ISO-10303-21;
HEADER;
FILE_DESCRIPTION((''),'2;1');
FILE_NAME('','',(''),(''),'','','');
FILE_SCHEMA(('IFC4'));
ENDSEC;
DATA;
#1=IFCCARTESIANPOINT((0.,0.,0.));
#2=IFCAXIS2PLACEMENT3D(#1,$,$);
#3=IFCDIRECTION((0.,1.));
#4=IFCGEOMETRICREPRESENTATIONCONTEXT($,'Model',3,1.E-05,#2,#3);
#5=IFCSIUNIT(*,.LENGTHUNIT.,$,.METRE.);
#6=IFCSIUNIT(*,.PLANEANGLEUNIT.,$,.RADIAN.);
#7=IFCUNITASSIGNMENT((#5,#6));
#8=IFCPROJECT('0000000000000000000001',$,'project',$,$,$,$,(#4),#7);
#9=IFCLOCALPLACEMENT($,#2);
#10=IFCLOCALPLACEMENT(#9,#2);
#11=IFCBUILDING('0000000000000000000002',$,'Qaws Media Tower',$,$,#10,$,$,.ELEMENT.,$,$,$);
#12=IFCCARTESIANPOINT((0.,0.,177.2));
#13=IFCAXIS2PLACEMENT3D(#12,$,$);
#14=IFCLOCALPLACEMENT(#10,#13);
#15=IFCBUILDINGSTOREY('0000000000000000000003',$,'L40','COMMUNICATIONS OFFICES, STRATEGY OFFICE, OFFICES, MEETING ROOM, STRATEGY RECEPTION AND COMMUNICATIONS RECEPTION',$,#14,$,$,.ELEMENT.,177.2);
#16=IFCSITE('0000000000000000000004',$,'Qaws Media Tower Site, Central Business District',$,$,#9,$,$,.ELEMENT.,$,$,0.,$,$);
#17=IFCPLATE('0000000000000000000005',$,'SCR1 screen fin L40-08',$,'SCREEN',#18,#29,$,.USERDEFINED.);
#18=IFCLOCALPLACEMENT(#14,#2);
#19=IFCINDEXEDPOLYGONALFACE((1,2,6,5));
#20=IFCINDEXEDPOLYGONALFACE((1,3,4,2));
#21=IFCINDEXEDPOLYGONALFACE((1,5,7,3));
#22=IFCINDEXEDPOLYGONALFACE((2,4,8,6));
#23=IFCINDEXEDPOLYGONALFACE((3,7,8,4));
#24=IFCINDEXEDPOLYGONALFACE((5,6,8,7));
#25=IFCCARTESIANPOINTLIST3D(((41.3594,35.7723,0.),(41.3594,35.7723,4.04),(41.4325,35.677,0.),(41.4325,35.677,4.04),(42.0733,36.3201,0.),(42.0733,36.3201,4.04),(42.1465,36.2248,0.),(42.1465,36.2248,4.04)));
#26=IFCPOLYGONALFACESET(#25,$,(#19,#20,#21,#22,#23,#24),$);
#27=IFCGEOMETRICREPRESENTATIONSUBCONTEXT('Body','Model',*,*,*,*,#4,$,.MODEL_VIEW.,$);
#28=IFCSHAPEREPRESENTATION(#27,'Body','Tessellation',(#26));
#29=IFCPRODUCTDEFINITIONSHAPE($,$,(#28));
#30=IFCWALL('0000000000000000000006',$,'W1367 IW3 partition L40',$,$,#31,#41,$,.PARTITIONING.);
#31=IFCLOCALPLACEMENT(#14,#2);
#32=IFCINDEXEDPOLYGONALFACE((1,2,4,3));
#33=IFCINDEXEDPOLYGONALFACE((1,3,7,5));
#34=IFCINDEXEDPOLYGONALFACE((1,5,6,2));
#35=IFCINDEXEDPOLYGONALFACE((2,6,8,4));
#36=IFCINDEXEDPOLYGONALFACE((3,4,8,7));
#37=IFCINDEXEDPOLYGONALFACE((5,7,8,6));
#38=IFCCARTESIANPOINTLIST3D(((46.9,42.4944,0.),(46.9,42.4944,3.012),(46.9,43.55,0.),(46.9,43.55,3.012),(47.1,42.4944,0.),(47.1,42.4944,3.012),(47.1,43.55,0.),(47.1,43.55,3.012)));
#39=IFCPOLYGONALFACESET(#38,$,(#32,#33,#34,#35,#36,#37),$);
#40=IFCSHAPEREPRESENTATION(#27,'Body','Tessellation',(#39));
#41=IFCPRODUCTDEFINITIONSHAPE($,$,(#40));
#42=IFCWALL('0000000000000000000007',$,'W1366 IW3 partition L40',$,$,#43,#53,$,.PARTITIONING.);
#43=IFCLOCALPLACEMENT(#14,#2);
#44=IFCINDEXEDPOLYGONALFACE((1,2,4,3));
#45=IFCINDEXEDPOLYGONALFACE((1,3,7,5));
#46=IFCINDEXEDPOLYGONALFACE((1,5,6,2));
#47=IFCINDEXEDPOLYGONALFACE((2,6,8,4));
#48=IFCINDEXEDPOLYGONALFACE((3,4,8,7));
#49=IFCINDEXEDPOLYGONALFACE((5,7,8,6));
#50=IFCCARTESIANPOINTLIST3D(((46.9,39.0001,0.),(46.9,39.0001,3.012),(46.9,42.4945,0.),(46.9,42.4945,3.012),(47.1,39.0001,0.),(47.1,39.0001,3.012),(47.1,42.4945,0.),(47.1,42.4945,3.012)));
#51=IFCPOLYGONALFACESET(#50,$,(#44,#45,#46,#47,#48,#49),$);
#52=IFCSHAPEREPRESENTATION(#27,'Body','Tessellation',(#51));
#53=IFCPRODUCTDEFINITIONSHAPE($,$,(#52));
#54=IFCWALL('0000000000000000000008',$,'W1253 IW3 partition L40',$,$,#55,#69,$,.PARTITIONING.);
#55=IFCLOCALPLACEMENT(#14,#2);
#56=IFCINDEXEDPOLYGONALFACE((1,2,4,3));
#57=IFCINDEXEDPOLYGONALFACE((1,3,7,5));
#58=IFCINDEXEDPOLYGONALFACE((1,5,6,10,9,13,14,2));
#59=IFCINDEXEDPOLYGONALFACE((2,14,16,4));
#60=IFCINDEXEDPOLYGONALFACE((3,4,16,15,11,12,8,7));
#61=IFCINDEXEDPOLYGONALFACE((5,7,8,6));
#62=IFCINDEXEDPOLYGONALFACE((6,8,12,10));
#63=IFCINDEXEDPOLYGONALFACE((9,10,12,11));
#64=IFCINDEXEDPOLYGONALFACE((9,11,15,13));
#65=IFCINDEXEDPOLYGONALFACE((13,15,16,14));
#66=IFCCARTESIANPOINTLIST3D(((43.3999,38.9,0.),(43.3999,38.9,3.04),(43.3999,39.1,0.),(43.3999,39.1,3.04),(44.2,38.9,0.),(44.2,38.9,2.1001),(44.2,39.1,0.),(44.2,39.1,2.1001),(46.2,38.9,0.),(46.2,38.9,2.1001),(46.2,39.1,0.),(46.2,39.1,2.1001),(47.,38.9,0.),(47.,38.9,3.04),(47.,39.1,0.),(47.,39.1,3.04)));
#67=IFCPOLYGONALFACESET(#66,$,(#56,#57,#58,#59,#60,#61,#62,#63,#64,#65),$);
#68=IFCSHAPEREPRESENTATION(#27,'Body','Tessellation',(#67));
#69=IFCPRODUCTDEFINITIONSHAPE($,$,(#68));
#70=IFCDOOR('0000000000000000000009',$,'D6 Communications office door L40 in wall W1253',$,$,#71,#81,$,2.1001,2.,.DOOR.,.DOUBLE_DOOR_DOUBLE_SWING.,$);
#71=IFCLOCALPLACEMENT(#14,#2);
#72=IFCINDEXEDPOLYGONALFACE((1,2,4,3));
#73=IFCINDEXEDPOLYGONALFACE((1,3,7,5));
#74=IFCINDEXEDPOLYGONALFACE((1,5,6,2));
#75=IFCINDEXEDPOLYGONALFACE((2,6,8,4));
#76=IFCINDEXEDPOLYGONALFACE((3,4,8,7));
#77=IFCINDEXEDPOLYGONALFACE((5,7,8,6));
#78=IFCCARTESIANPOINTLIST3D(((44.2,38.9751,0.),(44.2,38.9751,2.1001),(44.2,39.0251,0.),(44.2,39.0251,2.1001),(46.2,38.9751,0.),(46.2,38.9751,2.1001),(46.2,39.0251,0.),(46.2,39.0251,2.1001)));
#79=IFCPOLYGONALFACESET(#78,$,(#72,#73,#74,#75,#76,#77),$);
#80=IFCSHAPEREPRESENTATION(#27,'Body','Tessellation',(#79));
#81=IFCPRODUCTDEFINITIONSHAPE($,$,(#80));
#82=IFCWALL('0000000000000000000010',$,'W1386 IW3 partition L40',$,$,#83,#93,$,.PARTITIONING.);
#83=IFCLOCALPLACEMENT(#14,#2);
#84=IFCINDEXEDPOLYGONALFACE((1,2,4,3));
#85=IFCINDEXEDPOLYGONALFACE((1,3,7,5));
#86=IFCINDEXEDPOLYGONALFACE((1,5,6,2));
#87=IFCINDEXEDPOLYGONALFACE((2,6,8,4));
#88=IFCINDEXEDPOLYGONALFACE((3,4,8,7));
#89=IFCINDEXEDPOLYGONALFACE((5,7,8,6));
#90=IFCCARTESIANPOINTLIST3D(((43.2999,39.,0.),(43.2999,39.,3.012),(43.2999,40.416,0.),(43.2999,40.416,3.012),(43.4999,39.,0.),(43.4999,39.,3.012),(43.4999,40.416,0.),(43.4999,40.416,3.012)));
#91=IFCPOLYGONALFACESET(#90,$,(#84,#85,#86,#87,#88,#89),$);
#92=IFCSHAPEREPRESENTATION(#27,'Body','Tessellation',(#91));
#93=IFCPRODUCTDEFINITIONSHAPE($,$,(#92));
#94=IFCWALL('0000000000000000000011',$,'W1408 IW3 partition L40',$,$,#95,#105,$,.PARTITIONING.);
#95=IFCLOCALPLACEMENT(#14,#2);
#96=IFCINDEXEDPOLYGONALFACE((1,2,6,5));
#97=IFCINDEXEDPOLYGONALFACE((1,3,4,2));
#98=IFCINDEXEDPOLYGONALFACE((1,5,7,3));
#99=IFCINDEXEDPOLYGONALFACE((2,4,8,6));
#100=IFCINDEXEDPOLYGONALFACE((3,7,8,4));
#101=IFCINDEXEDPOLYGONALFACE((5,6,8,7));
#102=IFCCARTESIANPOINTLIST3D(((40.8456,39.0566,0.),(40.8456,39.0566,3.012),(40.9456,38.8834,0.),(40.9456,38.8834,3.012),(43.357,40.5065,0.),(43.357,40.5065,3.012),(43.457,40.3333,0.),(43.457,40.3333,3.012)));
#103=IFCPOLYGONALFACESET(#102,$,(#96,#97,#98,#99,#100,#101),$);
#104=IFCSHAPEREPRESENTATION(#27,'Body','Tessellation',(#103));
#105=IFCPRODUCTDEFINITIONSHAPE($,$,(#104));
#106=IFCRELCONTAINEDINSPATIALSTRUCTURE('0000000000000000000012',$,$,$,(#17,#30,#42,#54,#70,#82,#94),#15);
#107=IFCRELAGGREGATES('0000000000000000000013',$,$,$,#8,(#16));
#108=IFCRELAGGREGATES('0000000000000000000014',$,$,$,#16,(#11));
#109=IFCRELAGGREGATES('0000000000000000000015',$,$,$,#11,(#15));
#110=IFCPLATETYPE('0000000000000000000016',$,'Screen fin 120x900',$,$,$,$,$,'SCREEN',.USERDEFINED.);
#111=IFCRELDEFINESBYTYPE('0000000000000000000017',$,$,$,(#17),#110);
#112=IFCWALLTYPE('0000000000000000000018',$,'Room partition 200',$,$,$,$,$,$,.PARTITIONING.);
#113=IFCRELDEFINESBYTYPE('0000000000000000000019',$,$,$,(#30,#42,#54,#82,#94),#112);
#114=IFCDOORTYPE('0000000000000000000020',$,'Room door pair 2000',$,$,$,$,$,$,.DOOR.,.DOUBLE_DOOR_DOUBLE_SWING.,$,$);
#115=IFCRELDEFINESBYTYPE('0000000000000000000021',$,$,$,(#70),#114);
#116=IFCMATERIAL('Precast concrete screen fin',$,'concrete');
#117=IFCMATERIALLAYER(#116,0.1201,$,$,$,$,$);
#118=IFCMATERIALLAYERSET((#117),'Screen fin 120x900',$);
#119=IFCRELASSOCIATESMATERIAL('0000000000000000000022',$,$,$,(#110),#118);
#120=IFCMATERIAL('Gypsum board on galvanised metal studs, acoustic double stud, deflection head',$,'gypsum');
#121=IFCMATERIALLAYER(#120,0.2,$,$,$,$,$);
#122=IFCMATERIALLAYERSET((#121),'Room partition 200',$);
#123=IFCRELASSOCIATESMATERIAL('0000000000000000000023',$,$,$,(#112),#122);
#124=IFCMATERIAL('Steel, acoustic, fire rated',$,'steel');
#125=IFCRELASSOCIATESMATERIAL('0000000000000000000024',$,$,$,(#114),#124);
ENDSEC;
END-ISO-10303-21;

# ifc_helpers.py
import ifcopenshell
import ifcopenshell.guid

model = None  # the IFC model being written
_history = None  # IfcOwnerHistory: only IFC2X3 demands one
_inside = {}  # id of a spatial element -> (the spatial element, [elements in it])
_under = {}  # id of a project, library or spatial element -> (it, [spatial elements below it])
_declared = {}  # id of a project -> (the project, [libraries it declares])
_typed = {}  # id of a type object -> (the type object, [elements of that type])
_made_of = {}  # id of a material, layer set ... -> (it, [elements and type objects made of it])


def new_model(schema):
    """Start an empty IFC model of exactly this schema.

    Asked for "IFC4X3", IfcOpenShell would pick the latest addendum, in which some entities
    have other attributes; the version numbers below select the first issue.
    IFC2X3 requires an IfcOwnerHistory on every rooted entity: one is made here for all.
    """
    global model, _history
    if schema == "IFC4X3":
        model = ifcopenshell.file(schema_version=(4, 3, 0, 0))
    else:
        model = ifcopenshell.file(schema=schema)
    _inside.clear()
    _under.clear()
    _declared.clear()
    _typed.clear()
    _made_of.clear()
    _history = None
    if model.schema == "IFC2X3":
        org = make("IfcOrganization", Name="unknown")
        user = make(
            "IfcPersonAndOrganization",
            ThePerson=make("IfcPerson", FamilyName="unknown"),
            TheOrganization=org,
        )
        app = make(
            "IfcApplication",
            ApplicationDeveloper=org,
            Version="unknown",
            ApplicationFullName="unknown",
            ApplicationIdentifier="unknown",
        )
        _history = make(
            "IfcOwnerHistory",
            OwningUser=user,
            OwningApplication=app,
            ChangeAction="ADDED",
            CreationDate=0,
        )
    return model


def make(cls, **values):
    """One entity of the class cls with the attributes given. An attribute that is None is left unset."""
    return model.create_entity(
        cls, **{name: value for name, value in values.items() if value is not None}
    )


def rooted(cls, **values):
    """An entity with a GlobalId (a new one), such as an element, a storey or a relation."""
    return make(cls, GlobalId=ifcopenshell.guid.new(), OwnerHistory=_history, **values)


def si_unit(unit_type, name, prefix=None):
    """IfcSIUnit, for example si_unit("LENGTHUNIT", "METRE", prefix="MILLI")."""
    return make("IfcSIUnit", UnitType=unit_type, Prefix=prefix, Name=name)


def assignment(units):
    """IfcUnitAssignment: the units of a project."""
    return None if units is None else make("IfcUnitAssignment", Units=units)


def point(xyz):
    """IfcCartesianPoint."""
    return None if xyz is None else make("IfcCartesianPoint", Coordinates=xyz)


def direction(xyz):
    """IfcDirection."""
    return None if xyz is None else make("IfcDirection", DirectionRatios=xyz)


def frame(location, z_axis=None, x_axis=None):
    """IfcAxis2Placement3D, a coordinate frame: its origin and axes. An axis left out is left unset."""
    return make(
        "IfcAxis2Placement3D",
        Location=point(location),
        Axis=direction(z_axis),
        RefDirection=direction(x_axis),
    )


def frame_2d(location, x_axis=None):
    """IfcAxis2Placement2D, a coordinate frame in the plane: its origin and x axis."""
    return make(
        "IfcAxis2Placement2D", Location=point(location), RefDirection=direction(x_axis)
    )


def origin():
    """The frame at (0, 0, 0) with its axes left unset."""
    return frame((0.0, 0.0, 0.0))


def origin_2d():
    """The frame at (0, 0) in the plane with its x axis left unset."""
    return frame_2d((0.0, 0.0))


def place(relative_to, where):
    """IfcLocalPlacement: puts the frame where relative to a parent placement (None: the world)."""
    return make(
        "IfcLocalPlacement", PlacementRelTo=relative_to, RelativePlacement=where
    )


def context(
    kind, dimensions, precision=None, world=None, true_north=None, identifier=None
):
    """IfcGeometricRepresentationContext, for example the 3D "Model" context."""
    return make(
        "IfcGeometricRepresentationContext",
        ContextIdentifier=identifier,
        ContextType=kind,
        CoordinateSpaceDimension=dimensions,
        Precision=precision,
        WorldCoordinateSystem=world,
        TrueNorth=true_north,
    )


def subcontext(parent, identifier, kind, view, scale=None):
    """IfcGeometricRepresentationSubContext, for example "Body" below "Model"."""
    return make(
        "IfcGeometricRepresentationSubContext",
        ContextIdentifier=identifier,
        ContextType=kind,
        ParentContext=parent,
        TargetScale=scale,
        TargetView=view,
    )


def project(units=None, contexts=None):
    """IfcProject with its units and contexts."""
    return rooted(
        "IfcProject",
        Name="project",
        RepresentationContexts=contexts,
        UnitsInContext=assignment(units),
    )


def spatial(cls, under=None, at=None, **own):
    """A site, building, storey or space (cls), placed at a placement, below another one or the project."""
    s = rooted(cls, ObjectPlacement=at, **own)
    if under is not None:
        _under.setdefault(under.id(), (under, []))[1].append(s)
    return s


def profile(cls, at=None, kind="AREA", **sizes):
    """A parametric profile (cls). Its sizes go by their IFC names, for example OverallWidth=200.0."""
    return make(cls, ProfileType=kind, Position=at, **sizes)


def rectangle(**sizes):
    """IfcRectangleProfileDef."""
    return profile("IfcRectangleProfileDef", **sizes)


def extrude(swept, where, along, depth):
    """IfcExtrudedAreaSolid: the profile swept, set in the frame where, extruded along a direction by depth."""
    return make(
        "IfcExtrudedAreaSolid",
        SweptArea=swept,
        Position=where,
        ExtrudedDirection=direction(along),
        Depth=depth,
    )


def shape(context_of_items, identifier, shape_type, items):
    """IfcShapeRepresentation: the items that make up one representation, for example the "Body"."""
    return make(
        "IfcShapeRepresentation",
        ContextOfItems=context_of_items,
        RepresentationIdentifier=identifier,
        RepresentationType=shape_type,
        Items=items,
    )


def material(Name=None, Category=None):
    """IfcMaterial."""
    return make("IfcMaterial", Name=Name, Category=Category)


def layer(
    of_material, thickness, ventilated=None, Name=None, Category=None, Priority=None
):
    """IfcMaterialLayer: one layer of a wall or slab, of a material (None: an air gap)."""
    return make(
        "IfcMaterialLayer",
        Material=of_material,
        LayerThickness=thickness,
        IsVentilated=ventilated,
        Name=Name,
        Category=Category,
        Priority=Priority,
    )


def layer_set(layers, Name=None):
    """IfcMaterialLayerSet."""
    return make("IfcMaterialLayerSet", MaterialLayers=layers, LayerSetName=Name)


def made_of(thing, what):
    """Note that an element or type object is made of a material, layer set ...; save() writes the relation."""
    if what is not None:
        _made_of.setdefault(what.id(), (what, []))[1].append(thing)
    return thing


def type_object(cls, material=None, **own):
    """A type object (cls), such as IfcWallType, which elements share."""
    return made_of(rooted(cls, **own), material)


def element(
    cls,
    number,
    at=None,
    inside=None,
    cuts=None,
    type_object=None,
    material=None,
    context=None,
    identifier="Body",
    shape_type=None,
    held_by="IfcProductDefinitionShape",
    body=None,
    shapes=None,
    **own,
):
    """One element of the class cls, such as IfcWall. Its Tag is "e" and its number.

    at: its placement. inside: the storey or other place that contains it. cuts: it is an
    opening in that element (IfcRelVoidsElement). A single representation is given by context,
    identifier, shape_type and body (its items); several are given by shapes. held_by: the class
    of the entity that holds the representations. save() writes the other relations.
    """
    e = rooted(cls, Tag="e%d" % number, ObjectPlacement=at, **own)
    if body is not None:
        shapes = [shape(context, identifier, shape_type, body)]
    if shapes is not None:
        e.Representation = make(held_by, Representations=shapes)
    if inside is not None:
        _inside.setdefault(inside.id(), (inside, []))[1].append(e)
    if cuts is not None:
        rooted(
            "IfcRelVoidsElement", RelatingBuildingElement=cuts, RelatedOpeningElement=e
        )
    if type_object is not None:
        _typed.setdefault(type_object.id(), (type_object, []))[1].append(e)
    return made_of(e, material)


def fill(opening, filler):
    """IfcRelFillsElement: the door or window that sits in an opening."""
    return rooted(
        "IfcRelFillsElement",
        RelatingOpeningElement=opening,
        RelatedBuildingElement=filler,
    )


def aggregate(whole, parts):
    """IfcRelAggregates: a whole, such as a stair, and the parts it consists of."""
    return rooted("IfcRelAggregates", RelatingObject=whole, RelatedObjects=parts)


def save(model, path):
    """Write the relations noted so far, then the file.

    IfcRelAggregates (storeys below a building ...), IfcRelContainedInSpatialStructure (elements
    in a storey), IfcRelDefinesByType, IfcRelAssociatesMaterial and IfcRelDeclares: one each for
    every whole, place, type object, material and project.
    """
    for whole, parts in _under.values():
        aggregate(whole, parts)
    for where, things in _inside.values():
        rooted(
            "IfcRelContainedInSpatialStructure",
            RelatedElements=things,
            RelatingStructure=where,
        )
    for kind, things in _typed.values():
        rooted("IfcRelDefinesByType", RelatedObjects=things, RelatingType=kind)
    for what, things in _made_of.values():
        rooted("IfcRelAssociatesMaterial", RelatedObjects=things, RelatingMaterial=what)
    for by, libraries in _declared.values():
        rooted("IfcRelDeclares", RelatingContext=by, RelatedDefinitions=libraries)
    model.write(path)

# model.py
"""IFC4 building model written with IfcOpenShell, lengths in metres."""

from ifc_helpers import new_model, si_unit, direction, frame, frame_2d, origin, origin_2d, place, context, subcontext, project, spatial, rectangle, extrude, material, layer, layer_set, type_object, element, fill, save


model = new_model("IFC4")

# Units and contexts
model_context = context("Model", 3, precision=1e-05, world=origin(), true_north=direction((0.0, 1.0)))
body_context = subcontext(model_context, "Body", "Model", "MODEL_VIEW")
ifc_project = project(units=[si_unit("LENGTHUNIT", "METRE"), si_unit("PLANEANGLEUNIT", "RADIAN")], contexts=[model_context])

# Site, building, storey
site_placement = place(None, origin())
site = spatial("IfcSite", under=ifc_project, at=site_placement, Name="Qaws Media Tower Site, Central Business District", CompositionType="ELEMENT", RefElevation=0.0)
building_placement = place(site_placement, origin())
building = spatial("IfcBuilding", under=site, at=building_placement, Name="Qaws Media Tower", CompositionType="ELEMENT")
storey_placement = place(building_placement, frame((0.0, 0.0, 177.2)))
storey = spatial("IfcBuildingStorey", under=building, at=storey_placement, Name="L40", Description="COMMUNICATIONS OFFICES, STRATEGY OFFICE, OFFICES, MEETING ROOM, STRATEGY RECEPTION AND COMMUNICATIONS RECEPTION", CompositionType="ELEMENT", Elevation=177.2)

# Plate
ifc_material_1 = material(Name="Precast concrete screen fin", Category="concrete")
ifc_layer_1 = layer(ifc_material_1, 0.1201)
ifc_layer_set_1 = layer_set([ifc_layer_1], Name="Screen fin 120x900")
plate_type_1 = type_object("IfcPlateType", Name="Screen fin 120x900", ElementType="SCREEN", PredefinedType="USERDEFINED", material=ifc_layer_set_1)
plate_1_placement = place(storey_placement, frame((41.7529, 35.9985, 0.0), z_axis=(0.0, 0.0, 1.0), x_axis=(-0.793353, -0.608761, 0.0)))
element("IfcPlate", 1, at=plate_1_placement, inside=storey, type_object=plate_type_1, Name="SCR1 screen fin L40-08", ObjectType="SCREEN", PredefinedType="USERDEFINED", context=body_context, shape_type="SweptSolid", body=[
    extrude(rectangle(XDim=0.8999, YDim=0.1201, at=origin_2d()), origin(), (0.0, 0.0, 1.0), 4.04),
])

# Walls
ifc_material_2 = material(Name="Gypsum board on galvanised metal studs, acoustic double stud, deflection head", Category="gypsum")
ifc_layer_2 = layer(ifc_material_2, 0.2)
ifc_layer_set_2 = layer_set([ifc_layer_2], Name="Room partition 200")
wall_type = type_object("IfcWallType", Name="Room partition 200", PredefinedType="PARTITIONING", material=ifc_layer_set_2)
wall_1_placement = place(storey_placement, frame((47.0, 43.55, 0.0), z_axis=(0.0, 0.0, 1.0), x_axis=(0.0, -1.0, 0.0)))
element("IfcWall", 2, at=wall_1_placement, inside=storey, type_object=wall_type, Name="W1367 IW3 partition L40", PredefinedType="PARTITIONING", context=body_context, shape_type="SweptSolid", body=[
    extrude(rectangle(XDim=1.0557, YDim=0.2, at=frame_2d((0.5278, 0.0))), origin(), (0.0, 0.0, 1.0), 3.012),
])
wall_2_placement = place(storey_placement, frame((47.0, 42.4944, 0.0), z_axis=(0.0, 0.0, 1.0), x_axis=(0.0, -1.0, 0.0)))
element("IfcWall", 3, at=wall_2_placement, inside=storey, type_object=wall_type, Name="W1366 IW3 partition L40", PredefinedType="PARTITIONING", context=body_context, shape_type="SweptSolid", body=[
    extrude(rectangle(XDim=3.4944, YDim=0.2, at=frame_2d((1.7471, 0.0))), origin(), (0.0, 0.0, 1.0), 3.012),
])

# Wall, opening, door
wall_3_placement = place(storey_placement, frame((47.0, 39.0, 0.0), z_axis=(0.0, 0.0, 1.0), x_axis=(-1.0, 0.0, 0.0)))
wall_3 = element("IfcWall", 4, at=wall_3_placement, inside=storey, type_object=wall_type, Name="W1253 IW3 partition L40", PredefinedType="PARTITIONING", context=body_context, shape_type="SweptSolid", body=[
    extrude(rectangle(XDim=3.6001, YDim=0.2, at=frame_2d((1.8, 0.0))), origin(), (0.0, 0.0, 1.0), 3.04),
])
opening_1_placement = place(wall_3_placement, frame((0.8, 0.0, 0.0)))
opening_1 = element("IfcOpeningElement", 5, at=opening_1_placement, cuts=wall_3, PredefinedType="OPENING", context=body_context, shape_type="SweptSolid", body=[
    extrude(rectangle(XDim=2.0, YDim=2.1001, at=frame_2d((1.0, 1.05))), frame((0.0, 0.1099, 0.0), z_axis=(0.0, -1.0, 0.0), x_axis=(1.0, 0.0, 0.0)), (0.0, 0.0, 1.0), 0.22),
])
ifc_material_3 = material(Name="Steel, acoustic, fire rated", Category="steel")
door_type_1 = type_object("IfcDoorType", Name="Room door pair 2000", OperationType="DOUBLE_DOOR_DOUBLE_SWING", PredefinedType="DOOR", material=ifc_material_3)
door_1_placement = place(opening_1_placement, origin())
door_1 = element("IfcDoor", 6, at=door_1_placement, inside=storey, type_object=door_type_1, Name="D6 Communications office door L40 in wall W1253", OperationType="DOUBLE_DOOR_DOUBLE_SWING", OverallHeight=2.1001, OverallWidth=2.0, PredefinedType="DOOR", context=body_context, shape_type="SweptSolid", body=[
    extrude(rectangle(XDim=2.0, YDim=2.1001, at=frame_2d((1.0, 1.05))), frame((0.0, 0.0249, 0.0), z_axis=(0.0, -1.0, 0.0), x_axis=(1.0, 0.0, 0.0)), (0.0, 0.0, 1.0), 0.05),
])
fill(opening_1, door_1)

# Wall
wall_4_placement = place(storey_placement, frame((43.3999, 39.0, 0.0), z_axis=(0.0, 0.0, 1.0), x_axis=(0.0, 1.0, 0.0)))
element("IfcWall", 7, at=wall_4_placement, inside=storey, type_object=wall_type, Name="W1386 IW3 partition L40", PredefinedType="PARTITIONING", context=body_context, shape_type="SweptSolid", body=[
    extrude(rectangle(XDim=1.416, YDim=0.2, at=frame_2d((0.708, 0.0))), origin(), (0.0, 0.0, 1.0), 3.012),
])

# Wall
wall_5_placement = place(storey_placement, frame((43.407, 40.4199, 0.0), z_axis=(0.0, 0.0, 1.0), x_axis=(-0.866033, -0.499987, 0.0)))
element("IfcWall", 8, at=wall_5_placement, inside=storey, type_object=wall_type, Name="W1408 IW3 partition L40", PredefinedType="PARTITIONING", context=body_context, shape_type="SweptSolid", body=[
    extrude(rectangle(XDim=2.8999, YDim=0.2, at=frame_2d((1.45, 0.0))), origin(), (0.0, 0.0, 1.0), 3.012),
])

save(model, "model.ifc")
